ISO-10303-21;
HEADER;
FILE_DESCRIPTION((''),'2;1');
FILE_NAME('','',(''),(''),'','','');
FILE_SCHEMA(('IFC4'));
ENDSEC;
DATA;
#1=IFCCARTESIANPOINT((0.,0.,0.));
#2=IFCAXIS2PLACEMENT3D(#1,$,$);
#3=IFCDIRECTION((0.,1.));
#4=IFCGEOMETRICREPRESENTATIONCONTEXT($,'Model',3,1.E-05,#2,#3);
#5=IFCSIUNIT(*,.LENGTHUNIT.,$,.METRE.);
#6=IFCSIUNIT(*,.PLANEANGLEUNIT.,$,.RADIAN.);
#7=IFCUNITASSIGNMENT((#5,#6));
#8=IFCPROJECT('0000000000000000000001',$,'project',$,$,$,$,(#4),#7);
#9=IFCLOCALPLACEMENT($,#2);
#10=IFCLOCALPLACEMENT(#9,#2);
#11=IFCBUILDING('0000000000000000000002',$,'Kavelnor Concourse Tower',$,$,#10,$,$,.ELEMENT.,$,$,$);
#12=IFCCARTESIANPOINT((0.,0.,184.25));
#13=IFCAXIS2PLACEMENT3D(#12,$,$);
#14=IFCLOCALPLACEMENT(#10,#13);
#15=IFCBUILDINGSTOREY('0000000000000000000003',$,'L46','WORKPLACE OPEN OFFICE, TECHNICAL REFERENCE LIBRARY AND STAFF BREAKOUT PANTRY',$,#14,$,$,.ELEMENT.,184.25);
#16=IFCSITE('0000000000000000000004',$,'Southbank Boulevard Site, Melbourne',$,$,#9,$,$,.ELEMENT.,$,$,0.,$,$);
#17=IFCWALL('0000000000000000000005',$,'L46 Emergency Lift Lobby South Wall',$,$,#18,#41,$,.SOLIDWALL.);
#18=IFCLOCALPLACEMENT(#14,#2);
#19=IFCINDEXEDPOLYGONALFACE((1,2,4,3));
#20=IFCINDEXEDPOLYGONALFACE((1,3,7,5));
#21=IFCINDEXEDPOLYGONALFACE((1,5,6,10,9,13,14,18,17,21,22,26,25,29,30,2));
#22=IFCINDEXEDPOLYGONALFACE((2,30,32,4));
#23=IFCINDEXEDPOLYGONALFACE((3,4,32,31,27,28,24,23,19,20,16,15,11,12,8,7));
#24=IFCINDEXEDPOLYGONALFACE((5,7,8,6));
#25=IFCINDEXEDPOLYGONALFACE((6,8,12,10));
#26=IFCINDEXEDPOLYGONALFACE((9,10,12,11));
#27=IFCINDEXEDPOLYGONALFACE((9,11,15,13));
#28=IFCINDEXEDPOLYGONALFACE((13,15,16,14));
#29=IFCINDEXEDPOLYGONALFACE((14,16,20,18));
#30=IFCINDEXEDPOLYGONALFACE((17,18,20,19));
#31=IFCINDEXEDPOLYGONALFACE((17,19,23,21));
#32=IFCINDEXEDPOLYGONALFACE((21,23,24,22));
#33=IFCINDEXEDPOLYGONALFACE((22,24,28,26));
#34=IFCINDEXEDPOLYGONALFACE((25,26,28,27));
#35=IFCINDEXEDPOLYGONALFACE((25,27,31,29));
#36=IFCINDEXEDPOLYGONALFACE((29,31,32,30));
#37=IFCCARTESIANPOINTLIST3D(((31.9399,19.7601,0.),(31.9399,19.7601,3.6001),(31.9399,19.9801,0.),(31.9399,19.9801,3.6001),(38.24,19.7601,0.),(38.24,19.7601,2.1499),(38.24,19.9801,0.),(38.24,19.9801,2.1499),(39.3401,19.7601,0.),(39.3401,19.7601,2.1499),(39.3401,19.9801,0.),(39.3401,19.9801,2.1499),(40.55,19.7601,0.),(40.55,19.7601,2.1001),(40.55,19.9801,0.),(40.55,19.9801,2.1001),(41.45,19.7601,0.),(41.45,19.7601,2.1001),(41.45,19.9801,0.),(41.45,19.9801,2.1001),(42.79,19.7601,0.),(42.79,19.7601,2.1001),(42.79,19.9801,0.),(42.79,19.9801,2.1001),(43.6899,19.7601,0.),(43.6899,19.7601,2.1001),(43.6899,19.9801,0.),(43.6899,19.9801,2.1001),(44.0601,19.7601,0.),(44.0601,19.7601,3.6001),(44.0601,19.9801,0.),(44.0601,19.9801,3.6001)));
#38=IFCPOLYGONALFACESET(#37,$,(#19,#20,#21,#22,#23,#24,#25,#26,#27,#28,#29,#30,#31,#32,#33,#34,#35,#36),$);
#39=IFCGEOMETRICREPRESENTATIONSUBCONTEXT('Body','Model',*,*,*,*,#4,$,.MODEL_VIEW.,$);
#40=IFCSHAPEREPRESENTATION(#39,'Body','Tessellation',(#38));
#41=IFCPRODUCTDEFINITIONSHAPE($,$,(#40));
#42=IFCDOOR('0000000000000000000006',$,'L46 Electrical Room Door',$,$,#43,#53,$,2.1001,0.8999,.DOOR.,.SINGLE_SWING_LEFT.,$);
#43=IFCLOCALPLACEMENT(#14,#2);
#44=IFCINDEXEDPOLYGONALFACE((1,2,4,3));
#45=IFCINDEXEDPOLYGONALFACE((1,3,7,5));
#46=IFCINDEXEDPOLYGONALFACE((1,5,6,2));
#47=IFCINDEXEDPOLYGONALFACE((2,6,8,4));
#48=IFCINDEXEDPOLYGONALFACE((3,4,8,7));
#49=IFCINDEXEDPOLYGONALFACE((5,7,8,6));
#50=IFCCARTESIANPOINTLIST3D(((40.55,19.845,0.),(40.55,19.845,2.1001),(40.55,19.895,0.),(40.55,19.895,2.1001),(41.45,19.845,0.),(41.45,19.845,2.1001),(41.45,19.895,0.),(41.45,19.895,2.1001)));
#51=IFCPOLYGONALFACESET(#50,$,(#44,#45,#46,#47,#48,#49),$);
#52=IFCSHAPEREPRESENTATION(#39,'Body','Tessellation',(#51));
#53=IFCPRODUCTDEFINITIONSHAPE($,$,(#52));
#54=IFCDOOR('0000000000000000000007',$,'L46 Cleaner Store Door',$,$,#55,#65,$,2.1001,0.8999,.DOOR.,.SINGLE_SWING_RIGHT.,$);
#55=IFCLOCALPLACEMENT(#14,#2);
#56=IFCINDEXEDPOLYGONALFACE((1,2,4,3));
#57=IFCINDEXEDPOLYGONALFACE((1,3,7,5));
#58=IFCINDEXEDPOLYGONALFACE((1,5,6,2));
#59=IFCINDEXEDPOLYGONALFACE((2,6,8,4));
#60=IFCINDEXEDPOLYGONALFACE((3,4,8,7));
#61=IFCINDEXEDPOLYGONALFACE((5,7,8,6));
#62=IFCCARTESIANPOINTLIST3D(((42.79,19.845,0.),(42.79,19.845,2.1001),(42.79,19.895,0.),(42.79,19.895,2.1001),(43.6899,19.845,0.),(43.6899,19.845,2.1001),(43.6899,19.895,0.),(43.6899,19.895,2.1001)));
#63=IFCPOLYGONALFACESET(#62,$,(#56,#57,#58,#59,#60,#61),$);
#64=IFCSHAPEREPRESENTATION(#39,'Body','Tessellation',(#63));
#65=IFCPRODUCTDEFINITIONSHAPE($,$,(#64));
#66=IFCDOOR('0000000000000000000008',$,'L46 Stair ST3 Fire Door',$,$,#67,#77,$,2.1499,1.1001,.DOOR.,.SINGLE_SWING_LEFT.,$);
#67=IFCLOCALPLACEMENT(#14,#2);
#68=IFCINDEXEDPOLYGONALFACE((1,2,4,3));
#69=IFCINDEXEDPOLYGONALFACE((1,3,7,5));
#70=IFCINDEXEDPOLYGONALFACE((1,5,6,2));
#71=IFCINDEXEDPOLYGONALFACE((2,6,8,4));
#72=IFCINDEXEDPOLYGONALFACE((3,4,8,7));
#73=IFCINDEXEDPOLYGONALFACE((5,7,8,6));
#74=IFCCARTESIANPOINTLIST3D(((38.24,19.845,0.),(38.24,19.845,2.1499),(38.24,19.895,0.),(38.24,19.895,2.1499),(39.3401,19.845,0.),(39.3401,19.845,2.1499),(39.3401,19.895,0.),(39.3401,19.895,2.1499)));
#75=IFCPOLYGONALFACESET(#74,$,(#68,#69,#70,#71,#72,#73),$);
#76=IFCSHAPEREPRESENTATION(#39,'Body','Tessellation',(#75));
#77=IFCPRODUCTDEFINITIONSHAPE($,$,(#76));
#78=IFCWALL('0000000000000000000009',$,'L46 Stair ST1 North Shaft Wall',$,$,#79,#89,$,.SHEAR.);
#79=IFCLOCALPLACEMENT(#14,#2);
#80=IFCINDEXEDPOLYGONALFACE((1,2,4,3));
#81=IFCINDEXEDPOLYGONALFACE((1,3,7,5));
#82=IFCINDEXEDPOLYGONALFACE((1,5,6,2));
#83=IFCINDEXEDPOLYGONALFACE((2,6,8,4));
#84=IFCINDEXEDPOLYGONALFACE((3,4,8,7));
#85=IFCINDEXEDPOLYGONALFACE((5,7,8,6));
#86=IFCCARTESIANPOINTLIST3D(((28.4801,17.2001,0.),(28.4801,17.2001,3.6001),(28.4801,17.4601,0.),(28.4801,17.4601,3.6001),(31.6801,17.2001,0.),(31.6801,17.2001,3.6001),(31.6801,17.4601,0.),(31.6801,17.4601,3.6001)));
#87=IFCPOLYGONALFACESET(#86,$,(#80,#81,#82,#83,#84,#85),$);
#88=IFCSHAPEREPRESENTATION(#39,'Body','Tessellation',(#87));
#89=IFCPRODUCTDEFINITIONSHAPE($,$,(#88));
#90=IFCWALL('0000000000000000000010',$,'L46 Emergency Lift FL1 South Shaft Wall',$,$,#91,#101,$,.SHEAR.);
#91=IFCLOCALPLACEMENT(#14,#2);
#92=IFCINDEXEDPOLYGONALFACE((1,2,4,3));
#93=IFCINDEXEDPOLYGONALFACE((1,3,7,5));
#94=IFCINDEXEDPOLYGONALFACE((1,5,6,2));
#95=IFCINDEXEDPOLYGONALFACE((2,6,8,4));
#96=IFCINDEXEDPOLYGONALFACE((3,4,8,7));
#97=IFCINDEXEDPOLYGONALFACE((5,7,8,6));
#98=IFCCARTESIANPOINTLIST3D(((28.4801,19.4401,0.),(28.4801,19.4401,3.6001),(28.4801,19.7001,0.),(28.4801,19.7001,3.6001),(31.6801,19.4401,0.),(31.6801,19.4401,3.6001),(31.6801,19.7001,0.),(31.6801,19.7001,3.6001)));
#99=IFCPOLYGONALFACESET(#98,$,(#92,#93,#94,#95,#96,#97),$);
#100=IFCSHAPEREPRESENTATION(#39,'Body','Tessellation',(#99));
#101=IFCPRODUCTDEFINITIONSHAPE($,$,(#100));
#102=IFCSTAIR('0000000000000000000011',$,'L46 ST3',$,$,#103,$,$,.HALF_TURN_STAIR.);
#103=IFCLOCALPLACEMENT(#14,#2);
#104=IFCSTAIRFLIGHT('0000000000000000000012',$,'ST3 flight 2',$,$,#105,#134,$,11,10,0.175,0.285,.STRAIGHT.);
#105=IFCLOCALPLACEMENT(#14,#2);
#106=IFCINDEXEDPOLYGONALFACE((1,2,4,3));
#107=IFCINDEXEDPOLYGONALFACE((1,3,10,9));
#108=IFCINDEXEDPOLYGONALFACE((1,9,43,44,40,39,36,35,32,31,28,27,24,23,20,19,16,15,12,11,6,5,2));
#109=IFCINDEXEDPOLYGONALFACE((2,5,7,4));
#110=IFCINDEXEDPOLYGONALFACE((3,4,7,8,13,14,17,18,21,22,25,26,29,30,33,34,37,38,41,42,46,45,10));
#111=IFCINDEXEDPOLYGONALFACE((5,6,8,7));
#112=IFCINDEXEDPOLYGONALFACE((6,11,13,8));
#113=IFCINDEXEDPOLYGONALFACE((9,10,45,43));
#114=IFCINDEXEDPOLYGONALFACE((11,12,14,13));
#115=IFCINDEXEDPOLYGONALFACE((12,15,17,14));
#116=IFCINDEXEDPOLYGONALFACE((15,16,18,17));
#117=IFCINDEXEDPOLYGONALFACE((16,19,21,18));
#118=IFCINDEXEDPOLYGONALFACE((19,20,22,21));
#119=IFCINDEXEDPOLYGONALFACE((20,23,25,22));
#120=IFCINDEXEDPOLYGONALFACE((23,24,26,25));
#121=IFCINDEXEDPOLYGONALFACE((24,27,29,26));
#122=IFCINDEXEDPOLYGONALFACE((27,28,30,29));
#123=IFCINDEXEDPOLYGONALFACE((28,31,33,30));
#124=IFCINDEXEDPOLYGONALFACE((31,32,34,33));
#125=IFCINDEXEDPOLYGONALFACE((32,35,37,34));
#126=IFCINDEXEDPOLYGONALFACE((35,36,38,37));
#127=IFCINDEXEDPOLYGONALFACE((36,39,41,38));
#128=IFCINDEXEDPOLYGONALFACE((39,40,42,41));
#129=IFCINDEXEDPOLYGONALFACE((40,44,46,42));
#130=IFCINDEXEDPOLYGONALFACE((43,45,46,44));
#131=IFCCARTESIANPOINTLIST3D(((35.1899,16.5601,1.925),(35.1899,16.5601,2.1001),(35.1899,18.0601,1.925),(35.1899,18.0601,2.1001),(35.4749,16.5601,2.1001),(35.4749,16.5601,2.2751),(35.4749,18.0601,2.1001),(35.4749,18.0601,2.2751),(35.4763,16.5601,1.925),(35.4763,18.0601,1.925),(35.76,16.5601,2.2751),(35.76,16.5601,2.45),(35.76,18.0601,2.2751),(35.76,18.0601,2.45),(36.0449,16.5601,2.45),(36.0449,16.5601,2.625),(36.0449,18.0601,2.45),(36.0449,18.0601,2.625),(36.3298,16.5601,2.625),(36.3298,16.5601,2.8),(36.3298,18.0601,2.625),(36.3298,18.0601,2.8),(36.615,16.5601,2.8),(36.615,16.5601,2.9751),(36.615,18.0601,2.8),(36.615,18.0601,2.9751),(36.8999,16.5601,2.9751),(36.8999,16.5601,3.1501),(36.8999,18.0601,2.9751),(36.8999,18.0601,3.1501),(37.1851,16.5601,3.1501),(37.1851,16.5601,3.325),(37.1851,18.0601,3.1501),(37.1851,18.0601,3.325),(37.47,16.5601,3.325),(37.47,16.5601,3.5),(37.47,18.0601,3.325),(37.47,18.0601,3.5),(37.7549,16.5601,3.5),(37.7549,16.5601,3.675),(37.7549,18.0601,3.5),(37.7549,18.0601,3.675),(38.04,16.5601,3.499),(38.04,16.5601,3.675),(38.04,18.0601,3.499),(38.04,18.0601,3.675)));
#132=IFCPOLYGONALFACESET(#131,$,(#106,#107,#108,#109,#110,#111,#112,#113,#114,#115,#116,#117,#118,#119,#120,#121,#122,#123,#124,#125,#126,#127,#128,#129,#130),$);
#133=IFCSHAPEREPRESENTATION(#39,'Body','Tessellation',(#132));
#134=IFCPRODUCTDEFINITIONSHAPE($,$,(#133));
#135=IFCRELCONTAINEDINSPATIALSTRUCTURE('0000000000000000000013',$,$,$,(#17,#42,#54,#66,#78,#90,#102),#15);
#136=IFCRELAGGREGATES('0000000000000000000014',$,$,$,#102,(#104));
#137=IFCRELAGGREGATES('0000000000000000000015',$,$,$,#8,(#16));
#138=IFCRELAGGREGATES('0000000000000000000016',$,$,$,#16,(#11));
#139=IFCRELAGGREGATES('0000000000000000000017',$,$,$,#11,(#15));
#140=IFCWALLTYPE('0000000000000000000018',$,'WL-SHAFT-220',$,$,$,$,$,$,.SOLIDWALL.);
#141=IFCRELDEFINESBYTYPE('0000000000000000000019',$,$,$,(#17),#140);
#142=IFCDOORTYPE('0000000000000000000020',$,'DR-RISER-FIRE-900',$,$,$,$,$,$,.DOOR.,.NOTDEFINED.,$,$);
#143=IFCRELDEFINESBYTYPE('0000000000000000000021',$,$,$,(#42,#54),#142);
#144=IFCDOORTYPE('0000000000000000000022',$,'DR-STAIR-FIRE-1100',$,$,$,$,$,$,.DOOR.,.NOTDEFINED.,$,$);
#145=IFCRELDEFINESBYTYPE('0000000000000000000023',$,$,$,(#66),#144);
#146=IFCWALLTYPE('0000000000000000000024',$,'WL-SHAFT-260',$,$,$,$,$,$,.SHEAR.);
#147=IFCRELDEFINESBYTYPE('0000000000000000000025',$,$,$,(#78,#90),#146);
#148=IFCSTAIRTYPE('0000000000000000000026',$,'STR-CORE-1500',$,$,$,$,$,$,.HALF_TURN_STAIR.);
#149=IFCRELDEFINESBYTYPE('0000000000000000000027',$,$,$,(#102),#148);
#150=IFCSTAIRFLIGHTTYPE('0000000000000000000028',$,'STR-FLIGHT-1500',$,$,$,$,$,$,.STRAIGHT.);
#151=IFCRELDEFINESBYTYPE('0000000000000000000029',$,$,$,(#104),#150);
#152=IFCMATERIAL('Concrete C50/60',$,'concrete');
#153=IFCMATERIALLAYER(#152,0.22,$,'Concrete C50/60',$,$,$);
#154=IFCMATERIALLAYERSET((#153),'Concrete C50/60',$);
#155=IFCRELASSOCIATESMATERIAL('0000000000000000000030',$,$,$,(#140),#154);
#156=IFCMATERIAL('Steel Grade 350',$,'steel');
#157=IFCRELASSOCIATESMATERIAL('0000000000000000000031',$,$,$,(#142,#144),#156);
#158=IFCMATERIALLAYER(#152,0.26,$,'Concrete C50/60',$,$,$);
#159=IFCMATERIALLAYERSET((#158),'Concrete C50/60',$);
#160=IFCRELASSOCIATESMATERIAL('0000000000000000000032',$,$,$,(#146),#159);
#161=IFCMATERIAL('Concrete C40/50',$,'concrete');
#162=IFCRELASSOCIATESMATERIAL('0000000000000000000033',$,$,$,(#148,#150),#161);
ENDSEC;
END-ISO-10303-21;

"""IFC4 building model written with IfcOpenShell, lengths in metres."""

from ifc_helpers import new_model, si_unit, direction, frame, frame_2d, origin, place, context, subcontext, project, spatial, polyline, rectangle, outline, extrude, material, layer, layer_set, type_object, element, fill, aggregate, save


model = new_model("IFC4")

# Units and contexts
model_context = context("Model", 3, precision=1e-05, world=origin(), true_north=direction((0.0, 1.0)))
body_context = subcontext(model_context, "Body", "Model", "MODEL_VIEW")
ifc_project = project(units=[si_unit("LENGTHUNIT", "METRE"), si_unit("PLANEANGLEUNIT", "RADIAN")], contexts=[model_context])

# Site, building, storey
site_placement = place(None, origin())
site = spatial("IfcSite", under=ifc_project, at=site_placement, Name="Southbank Boulevard Site, Melbourne", CompositionType="ELEMENT", RefElevation=0.0)
building_placement = place(site_placement, origin())
building = spatial("IfcBuilding", under=site, at=building_placement, Name="Kavelnor Concourse Tower", CompositionType="ELEMENT")
storey_placement = place(building_placement, frame((0.0, 0.0, 184.25)))
storey = spatial("IfcBuildingStorey", under=building, at=storey_placement, Name="L46", Description="WORKPLACE OPEN OFFICE, TECHNICAL REFERENCE LIBRARY AND STAFF BREAKOUT PANTRY", CompositionType="ELEMENT", Elevation=184.25)

# Shared definitions
ifc_material_1 = material(Name="Steel Grade 350", Category="steel")

# Shared definitions
ifc_material_2 = material(Name="Concrete C50/60", Category="concrete")

# Wall, openings, doors
ifc_layer_1 = layer(ifc_material_2, 0.22, Name="Concrete C50/60")
ifc_layer_set_1 = layer_set([ifc_layer_1], Name="Concrete C50/60")
wall_type_1 = type_object("IfcWallType", Name="WL-SHAFT-220", PredefinedType="SOLIDWALL", material=ifc_layer_set_1)
wall_1_placement = place(storey_placement, frame((31.9399, 19.8701, 0.0), z_axis=(0.0, 0.0, 1.0), x_axis=(1.0, 0.0, 0.0)))
wall_1 = element("IfcWall", 1, at=wall_1_placement, inside=storey, type_object=wall_type_1, Name="L46 Emergency Lift Lobby South Wall", PredefinedType="SOLIDWALL", context=body_context, shape_type="SweptSolid", body=[
    extrude(rectangle(XDim=12.1201, YDim=0.22, at=frame_2d((6.0601, 0.0))), origin(), (0.0, 0.0, 1.0), 3.6001),
])
opening_1_placement = place(wall_1_placement, frame((6.3, 0.0, 0.0)))
opening_1 = element("IfcOpeningElement", 2, at=opening_1_placement, cuts=wall_1, PredefinedType="OPENING", context=body_context, shape_type="SweptSolid", body=[
    extrude(rectangle(XDim=1.1001, YDim=2.1499, at=frame_2d((0.55, 1.075))), frame((0.0, 0.1201, 0.0), z_axis=(0.0, -1.0, 0.0), x_axis=(1.0, 0.0, 0.0)), (0.0, 0.0, 1.0), 0.24),
])
opening_2_placement = place(wall_1_placement, frame((8.6101, 0.0, 0.0)))
opening_2 = element("IfcOpeningElement", 3, at=opening_2_placement, cuts=wall_1, PredefinedType="OPENING", context=body_context, shape_type="SweptSolid", body=[
    extrude(rectangle(XDim=0.8999, YDim=2.1001, at=frame_2d((0.45, 1.05))), frame((0.0, 0.1201, 0.0), z_axis=(0.0, -1.0, 0.0), x_axis=(1.0, 0.0, 0.0)), (0.0, 0.0, 1.0), 0.24),
])
opening_3_placement = place(wall_1_placement, frame((10.8501, 0.0, 0.0)))
opening_3 = element("IfcOpeningElement", 4, at=opening_3_placement, cuts=wall_1, PredefinedType="OPENING", context=body_context, shape_type="SweptSolid", body=[
    extrude(rectangle(XDim=0.8999, YDim=2.1001, at=frame_2d((0.45, 1.05))), frame((0.0, 0.1201, 0.0), z_axis=(0.0, -1.0, 0.0), x_axis=(1.0, 0.0, 0.0)), (0.0, 0.0, 1.0), 0.24),
])
door_type_1 = type_object("IfcDoorType", Name="DR-RISER-FIRE-900", OperationType="NOTDEFINED", PredefinedType="DOOR", material=ifc_material_1)
door_1_placement = place(opening_2_placement, origin())
door_1 = element("IfcDoor", 5, at=door_1_placement, inside=storey, type_object=door_type_1, Name="L46 Electrical Room Door", OperationType="SINGLE_SWING_LEFT", OverallHeight=2.1001, OverallWidth=0.8999, PredefinedType="DOOR", context=body_context, shape_type="SweptSolid", body=[
    extrude(rectangle(XDim=0.8999, YDim=2.1001, at=frame_2d((0.45, 1.05))), frame((0.0, 0.0249, 0.0), z_axis=(0.0, -1.0, 0.0), x_axis=(1.0, 0.0, 0.0)), (0.0, 0.0, 1.0), 0.05),
])
fill(opening_2, door_1)
door_2_placement = place(opening_3_placement, origin())
door_2 = element("IfcDoor", 6, at=door_2_placement, inside=storey, type_object=door_type_1, Name="L46 Cleaner Store Door", OperationType="SINGLE_SWING_RIGHT", OverallHeight=2.1001, OverallWidth=0.8999, PredefinedType="DOOR", context=body_context, shape_type="SweptSolid", body=[
    extrude(rectangle(XDim=0.8999, YDim=2.1001, at=frame_2d((0.45, 1.05))), frame((0.0, 0.0249, 0.0), z_axis=(0.0, -1.0, 0.0), x_axis=(1.0, 0.0, 0.0)), (0.0, 0.0, 1.0), 0.05),
])
fill(opening_3, door_2)
door_type_2 = type_object("IfcDoorType", Name="DR-STAIR-FIRE-1100", OperationType="NOTDEFINED", PredefinedType="DOOR", material=ifc_material_1)
door_3_placement = place(opening_1_placement, origin())
door_3 = element("IfcDoor", 7, at=door_3_placement, inside=storey, type_object=door_type_2, Name="L46 Stair ST3 Fire Door", OperationType="SINGLE_SWING_LEFT", OverallHeight=2.1499, OverallWidth=1.1001, PredefinedType="DOOR", context=body_context, shape_type="SweptSolid", body=[
    extrude(rectangle(XDim=1.1001, YDim=2.1499, at=frame_2d((0.55, 1.075))), frame((0.0, 0.0249, 0.0), z_axis=(0.0, -1.0, 0.0), x_axis=(1.0, 0.0, 0.0)), (0.0, 0.0, 1.0), 0.05),
])
fill(opening_1, door_3)

# Walls
ifc_layer_2 = layer(ifc_material_2, 0.26, Name="Concrete C50/60")
ifc_layer_set_2 = layer_set([ifc_layer_2], Name="Concrete C50/60")
wall_type_2 = type_object("IfcWallType", Name="WL-SHAFT-260", PredefinedType="SHEAR", material=ifc_layer_set_2)
for number, where, z_axis, x_axis, name in (
    (8, (28.48, 17.3301, 0.0), (0.0, 0.0, 1.0), (1.0, 0.0, 0.0), "L46 Stair ST1 North Shaft Wall"),
    (9, (28.48, 19.5701, 0.0), (0.0, 0.0, 1.0), (1.0, 0.0, 0.0), "L46 Emergency Lift FL1 South Shaft Wall"),
):
    element("IfcWall", number, at=place(storey_placement, frame(where, z_axis=z_axis, x_axis=x_axis)), inside=storey, type_object=wall_type_2, Name=name, PredefinedType="SHEAR", context=body_context, shape_type="SweptSolid", body=[
        extrude(rectangle(XDim=3.2, YDim=0.26, at=frame_2d((1.6001, 0.0))), origin(), (0.0, 0.0, 1.0), 3.6001),
    ])

# Stair, stair flight
ifc_material_3 = material(Name="Concrete C40/50", Category="concrete")
stair_type = type_object("IfcStairType", Name="STR-CORE-1500", PredefinedType="HALF_TURN_STAIR", material=ifc_material_3)
stair_placement = place(storey_placement, origin())
stair = element("IfcStair", 10, at=stair_placement, inside=storey, type_object=stair_type, Name="L46 ST3", PredefinedType="HALF_TURN_STAIR")
stair_flight_type = type_object("IfcStairFlightType", Name="STR-FLIGHT-1500", PredefinedType="STRAIGHT", material=ifc_material_3)
stair_flight_placement = place(storey_placement, frame((35.1899, 17.3101, 1.925), z_axis=(0.0, 0.0, 1.0), x_axis=(1.0, 0.0, 0.0)))
stair_flight = element("IfcStairFlight", 11, at=stair_flight_placement, type_object=stair_flight_type, Name="ST3 flight 2", NumberOfRisers=11, NumberOfTreads=10, PredefinedType="STRAIGHT", RiserHeight=0.175, TreadLength=0.285, context=body_context, shape_type="SweptSolid", body=[
    extrude(outline(polyline([(0.0, 0.0), (0.0, 0.175), (0.2849, 0.175), (0.2849, 0.3501), (0.5701, 0.3501), (0.5701, 0.5249), (0.855, 0.5249), (0.855, 0.7), (1.1399, 0.7), (1.1399, 0.875), (1.425, 0.875), (1.425, 1.05), (1.71, 1.05), (1.71, 1.2251), (1.9951, 1.2251), (1.9951, 1.3999), (2.28, 1.3999), (2.28, 1.575), (2.5649, 1.575), (2.5649, 1.75), (2.8501, 1.75), (2.8501, 1.925), (2.8501, 1.574), (0.2864, 0.0), (0.0, 0.0)])), frame((0.0, 0.75, 0.0), z_axis=(0.0, -1.0, 0.0), x_axis=(1.0, 0.0, 0.0)), (0.0, 0.0, 1.0), 1.5),
])
aggregate(stair, [stair_flight])

save(model, "model.ifc")
